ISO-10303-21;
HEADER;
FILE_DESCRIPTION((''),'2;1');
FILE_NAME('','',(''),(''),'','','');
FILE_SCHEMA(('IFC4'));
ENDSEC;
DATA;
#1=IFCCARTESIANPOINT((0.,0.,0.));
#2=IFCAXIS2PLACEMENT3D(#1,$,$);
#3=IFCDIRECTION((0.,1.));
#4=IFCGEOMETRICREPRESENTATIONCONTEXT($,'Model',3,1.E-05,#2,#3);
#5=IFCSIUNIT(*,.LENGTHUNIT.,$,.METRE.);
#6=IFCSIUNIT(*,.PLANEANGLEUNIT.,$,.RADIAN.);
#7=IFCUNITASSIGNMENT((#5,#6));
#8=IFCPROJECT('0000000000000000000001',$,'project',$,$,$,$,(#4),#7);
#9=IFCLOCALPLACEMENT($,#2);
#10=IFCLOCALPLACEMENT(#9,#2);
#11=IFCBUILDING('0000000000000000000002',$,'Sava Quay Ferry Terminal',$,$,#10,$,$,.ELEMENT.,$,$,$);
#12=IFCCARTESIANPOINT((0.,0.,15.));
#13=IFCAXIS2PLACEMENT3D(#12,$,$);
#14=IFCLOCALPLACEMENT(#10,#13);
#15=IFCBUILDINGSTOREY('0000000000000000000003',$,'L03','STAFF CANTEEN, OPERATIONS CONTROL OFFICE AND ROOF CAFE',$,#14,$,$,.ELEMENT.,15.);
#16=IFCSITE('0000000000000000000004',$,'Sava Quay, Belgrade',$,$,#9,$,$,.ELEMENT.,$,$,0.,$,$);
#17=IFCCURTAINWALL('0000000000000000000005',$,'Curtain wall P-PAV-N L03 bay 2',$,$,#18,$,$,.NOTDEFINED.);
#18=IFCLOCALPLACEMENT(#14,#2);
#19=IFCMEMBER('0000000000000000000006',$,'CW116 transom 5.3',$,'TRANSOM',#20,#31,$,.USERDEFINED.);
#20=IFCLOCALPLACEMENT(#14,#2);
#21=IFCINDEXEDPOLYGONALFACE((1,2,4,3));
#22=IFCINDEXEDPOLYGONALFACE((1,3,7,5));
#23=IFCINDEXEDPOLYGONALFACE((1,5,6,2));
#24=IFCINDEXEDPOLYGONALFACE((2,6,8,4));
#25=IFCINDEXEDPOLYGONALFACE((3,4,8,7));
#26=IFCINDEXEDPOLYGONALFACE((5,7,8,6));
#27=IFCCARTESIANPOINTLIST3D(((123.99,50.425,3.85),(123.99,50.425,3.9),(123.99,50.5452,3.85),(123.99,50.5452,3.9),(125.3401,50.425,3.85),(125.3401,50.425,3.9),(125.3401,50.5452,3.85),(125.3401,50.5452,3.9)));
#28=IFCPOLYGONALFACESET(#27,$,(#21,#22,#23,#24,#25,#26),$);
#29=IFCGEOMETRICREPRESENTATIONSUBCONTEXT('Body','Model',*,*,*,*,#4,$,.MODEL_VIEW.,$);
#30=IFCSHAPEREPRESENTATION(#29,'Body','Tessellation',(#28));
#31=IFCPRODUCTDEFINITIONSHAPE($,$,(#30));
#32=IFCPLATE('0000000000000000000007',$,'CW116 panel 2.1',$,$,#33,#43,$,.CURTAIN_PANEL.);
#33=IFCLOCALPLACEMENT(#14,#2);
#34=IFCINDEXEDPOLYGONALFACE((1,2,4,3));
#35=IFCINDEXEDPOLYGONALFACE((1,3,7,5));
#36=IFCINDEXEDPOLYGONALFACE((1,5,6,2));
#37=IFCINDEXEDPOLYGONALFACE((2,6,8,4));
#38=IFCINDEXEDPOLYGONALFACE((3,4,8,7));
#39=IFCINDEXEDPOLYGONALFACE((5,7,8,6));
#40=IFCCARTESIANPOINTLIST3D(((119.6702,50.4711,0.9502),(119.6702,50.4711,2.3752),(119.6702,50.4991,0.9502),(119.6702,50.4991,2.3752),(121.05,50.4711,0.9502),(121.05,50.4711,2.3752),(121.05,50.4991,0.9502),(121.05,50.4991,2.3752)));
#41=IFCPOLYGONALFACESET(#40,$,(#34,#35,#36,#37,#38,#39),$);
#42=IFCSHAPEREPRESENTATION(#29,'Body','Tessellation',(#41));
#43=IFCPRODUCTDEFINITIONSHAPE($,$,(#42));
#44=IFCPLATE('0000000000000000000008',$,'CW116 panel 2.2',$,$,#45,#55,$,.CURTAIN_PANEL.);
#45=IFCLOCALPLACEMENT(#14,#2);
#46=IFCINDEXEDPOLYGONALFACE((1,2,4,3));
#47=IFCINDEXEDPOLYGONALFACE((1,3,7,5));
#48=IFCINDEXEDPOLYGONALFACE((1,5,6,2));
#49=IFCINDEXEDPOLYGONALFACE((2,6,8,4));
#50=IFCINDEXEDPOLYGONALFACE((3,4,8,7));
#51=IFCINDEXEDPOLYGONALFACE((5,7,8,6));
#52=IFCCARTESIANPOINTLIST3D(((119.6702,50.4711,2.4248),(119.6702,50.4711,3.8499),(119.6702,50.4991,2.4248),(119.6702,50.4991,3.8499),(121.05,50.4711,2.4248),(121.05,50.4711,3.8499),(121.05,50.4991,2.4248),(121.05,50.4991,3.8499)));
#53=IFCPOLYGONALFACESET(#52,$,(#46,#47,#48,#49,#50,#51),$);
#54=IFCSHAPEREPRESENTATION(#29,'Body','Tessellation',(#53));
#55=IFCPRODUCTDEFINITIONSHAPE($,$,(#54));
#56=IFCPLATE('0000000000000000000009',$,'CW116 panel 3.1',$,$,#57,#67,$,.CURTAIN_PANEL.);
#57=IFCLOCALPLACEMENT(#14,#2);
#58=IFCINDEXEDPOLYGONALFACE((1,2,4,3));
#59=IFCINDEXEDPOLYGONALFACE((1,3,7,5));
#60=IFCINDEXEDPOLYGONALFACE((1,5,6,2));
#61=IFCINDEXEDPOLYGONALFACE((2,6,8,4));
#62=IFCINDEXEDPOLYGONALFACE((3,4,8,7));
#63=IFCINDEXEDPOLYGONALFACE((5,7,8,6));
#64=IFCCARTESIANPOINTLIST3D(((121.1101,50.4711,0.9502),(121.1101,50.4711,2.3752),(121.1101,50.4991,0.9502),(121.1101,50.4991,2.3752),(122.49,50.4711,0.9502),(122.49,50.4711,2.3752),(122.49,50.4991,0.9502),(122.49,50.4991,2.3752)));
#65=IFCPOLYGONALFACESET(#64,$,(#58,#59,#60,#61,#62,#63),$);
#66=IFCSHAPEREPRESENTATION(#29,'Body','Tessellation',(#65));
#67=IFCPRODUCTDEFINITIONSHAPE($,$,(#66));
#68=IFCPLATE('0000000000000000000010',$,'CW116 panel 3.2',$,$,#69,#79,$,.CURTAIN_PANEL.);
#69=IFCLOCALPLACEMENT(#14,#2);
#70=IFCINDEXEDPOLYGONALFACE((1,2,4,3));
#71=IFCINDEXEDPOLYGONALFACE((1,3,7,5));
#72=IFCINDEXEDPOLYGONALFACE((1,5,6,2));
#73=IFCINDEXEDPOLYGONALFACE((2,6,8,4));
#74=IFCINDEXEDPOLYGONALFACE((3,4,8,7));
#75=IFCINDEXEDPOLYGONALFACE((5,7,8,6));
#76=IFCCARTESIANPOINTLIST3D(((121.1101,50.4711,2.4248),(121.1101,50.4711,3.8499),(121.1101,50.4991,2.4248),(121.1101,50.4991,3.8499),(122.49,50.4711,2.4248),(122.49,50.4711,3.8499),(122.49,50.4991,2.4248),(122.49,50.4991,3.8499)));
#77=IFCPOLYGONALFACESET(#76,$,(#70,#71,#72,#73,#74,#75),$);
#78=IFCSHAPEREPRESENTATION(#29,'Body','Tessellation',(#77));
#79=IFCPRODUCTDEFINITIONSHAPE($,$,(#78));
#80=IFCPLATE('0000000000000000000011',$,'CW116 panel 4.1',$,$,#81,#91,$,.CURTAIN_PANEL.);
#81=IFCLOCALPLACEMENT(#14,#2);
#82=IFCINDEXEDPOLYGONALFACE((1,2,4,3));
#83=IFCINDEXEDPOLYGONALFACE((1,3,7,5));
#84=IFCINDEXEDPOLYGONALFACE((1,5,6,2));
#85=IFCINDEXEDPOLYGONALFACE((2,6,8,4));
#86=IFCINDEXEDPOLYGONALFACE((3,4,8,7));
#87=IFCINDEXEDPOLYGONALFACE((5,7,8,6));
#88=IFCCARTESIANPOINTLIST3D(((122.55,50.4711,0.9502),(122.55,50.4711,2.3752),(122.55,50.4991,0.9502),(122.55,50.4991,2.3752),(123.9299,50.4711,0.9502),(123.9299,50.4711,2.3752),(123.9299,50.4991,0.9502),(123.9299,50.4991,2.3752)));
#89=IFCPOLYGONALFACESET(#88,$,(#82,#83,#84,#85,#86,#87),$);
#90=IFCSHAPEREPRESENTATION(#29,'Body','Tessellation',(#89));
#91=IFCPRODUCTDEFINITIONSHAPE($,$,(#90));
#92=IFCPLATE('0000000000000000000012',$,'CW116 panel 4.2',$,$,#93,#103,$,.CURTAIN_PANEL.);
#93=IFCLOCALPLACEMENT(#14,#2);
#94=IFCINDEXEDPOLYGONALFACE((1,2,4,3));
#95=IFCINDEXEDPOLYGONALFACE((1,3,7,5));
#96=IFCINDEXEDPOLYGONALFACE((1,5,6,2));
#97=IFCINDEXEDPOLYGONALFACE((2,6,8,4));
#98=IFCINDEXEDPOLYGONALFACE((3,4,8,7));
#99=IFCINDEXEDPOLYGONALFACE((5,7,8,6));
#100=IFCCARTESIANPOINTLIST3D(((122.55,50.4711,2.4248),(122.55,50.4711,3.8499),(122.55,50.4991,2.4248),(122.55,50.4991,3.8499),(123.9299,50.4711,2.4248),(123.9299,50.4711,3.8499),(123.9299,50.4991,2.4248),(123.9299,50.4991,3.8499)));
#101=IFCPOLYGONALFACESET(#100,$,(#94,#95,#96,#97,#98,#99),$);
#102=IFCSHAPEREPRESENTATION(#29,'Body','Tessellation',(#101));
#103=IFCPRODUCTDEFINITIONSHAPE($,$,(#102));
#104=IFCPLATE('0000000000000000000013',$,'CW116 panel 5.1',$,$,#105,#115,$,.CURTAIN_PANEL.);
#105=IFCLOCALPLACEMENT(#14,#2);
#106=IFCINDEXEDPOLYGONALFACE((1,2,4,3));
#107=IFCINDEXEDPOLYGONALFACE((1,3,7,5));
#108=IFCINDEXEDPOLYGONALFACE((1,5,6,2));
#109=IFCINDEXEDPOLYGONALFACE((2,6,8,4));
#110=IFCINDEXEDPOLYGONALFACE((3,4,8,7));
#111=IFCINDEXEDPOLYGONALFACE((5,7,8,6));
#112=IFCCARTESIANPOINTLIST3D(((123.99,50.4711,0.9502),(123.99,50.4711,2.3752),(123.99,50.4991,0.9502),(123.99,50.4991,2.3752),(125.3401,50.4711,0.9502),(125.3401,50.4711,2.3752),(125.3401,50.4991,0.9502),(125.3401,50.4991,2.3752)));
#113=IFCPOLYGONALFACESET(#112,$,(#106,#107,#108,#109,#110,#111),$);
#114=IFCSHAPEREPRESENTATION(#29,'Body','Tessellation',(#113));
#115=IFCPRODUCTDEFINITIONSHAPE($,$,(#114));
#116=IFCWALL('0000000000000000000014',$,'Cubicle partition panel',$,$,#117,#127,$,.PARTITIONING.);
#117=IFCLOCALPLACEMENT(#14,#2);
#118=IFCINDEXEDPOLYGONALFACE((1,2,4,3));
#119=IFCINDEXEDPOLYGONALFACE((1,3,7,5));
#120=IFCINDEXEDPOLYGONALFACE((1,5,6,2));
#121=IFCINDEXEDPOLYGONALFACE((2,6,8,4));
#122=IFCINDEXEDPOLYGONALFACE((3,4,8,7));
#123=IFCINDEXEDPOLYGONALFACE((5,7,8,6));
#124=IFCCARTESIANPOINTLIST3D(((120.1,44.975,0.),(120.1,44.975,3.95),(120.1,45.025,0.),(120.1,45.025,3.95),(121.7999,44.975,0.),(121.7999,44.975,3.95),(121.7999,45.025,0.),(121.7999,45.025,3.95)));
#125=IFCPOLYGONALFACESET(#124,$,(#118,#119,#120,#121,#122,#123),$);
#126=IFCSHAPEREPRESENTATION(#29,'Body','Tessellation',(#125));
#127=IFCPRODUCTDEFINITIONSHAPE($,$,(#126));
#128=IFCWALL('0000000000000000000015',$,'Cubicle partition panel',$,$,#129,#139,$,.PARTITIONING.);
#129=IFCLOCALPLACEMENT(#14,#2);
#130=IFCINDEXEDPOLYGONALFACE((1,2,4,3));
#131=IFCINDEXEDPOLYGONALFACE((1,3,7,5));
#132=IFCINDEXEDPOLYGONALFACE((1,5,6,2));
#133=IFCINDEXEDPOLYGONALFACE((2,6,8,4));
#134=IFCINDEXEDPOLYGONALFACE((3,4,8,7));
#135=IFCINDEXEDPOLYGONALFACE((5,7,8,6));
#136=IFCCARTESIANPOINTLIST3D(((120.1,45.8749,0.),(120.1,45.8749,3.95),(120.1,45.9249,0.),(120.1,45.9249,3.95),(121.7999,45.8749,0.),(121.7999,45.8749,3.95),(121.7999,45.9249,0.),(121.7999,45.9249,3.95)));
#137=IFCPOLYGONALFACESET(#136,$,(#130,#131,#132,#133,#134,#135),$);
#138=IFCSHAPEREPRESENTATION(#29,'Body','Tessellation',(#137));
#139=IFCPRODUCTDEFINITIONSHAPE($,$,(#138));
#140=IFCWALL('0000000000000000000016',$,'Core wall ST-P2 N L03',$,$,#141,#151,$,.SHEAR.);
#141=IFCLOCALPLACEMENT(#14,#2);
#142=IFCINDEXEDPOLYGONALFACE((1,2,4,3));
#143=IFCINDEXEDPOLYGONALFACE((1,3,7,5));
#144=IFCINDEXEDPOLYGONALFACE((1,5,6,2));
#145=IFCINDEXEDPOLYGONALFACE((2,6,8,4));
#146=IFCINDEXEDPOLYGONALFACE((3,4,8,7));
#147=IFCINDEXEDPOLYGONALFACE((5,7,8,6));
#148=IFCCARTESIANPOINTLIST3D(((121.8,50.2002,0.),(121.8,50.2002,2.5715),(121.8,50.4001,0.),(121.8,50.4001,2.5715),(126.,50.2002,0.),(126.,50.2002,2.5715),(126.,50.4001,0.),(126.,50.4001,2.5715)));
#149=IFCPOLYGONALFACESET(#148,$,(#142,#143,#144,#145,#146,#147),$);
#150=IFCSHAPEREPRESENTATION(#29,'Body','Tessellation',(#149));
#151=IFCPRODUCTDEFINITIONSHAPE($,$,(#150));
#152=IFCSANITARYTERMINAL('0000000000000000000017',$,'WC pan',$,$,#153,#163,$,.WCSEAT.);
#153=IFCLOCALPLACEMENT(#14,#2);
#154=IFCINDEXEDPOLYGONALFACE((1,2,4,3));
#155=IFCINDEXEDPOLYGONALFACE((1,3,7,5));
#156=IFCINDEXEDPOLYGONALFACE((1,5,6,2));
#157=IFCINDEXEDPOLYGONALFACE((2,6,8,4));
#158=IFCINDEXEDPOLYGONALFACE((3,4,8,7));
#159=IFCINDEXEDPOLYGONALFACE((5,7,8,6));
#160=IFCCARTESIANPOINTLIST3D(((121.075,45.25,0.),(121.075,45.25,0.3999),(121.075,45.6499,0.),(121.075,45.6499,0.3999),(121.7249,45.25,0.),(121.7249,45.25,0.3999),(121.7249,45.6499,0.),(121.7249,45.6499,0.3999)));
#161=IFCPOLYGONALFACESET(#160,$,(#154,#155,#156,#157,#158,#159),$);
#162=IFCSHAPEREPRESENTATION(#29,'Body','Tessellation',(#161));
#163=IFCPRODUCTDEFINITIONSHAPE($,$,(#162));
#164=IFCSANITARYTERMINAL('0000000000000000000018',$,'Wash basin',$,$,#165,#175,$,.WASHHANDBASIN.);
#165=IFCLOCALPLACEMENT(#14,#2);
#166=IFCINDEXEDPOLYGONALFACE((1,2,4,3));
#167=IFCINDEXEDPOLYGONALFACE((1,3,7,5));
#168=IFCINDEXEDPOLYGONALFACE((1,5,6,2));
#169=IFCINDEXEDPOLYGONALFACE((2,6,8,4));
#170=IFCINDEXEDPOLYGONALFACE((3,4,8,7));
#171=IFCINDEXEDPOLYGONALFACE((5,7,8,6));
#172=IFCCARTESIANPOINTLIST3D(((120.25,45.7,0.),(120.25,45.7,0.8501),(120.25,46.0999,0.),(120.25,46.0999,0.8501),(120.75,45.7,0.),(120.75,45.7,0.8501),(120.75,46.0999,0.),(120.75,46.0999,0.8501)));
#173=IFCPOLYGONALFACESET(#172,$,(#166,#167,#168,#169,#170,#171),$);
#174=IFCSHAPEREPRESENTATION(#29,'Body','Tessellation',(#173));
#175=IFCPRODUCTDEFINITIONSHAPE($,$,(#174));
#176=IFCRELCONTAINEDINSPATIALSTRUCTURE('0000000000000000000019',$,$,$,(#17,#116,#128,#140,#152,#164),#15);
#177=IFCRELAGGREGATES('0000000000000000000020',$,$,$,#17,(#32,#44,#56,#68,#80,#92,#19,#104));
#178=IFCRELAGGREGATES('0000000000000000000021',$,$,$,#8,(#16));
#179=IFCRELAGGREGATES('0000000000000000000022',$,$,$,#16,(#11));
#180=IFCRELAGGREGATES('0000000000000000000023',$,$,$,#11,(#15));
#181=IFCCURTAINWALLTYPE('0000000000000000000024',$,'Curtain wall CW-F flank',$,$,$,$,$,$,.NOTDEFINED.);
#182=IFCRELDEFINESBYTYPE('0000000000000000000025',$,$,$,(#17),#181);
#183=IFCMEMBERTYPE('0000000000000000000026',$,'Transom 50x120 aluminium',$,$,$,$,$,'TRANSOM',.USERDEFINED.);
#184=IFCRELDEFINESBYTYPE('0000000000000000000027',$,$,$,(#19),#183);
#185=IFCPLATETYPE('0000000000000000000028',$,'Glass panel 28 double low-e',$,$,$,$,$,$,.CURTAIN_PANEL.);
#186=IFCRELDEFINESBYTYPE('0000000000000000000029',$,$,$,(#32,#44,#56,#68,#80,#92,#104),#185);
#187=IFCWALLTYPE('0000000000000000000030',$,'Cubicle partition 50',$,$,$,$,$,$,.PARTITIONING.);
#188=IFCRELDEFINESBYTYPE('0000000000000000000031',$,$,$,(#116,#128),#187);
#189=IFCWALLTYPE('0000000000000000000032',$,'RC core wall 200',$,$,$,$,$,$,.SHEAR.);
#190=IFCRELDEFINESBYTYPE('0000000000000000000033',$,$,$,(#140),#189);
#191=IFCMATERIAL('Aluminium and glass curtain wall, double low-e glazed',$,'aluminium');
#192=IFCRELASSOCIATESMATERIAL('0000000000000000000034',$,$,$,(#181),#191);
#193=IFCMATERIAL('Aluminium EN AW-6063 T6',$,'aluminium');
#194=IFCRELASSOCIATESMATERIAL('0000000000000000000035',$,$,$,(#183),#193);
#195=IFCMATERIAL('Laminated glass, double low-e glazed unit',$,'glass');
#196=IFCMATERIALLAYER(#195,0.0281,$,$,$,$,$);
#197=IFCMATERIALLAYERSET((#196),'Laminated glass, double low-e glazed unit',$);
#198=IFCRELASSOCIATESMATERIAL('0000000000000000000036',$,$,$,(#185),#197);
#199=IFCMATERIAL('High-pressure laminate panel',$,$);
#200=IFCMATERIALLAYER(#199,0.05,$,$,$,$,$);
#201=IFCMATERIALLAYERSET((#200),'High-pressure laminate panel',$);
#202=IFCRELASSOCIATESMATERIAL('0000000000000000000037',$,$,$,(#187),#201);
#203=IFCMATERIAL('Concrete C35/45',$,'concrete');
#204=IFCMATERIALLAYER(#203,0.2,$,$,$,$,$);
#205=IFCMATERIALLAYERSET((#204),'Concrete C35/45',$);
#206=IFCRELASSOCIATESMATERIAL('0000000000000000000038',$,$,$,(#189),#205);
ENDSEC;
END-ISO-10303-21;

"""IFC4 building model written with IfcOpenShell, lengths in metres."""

from ifc_helpers import new_model, si_unit, direction, frame, frame_2d, origin, origin_2d, place, context, subcontext, project, spatial, polyline, rectangle, outline, extrude, material, layer, layer_set, material_profile, profile_set, type_object, element, aggregate, save


model = new_model("IFC4")

# Units and contexts
model_context = context("Model", 3, precision=1e-05, world=origin(), true_north=direction((0.0, 1.0)))
body_context = subcontext(model_context, "Body", "Model", "MODEL_VIEW")
ifc_project = project(units=[si_unit("LENGTHUNIT", "METRE"), si_unit("PLANEANGLEUNIT", "RADIAN")], contexts=[model_context])

# Site, building, storey
site_placement = place(None, origin())
site = spatial("IfcSite", under=ifc_project, at=site_placement, Name="Sava Quay, Belgrade", CompositionType="ELEMENT", RefElevation=0.0)
building_placement = place(site_placement, origin())
building = spatial("IfcBuilding", under=site, at=building_placement, Name="Sava Quay Ferry Terminal", CompositionType="ELEMENT")
storey_placement = place(building_placement, frame((0.0, 0.0, 15.0)))
storey = spatial("IfcBuildingStorey", under=building, at=storey_placement, Name="L03", Description="STAFF CANTEEN, OPERATIONS CONTROL OFFICE AND ROOF CAFE", CompositionType="ELEMENT", Elevation=15.0)

# Curtain wall
ifc_material_1 = material(Name="Aluminium and glass curtain wall, double low-e glazed", Category="aluminium")
curtain_wall_type = type_object("IfcCurtainWallType", Name="Curtain wall CW-F flank", PredefinedType="NOTDEFINED", material=ifc_material_1)
curtain_wall_placement = place(storey_placement, origin())
curtain_wall = element("IfcCurtainWall", 1, at=curtain_wall_placement, inside=storey, type_object=curtain_wall_type, Name="Curtain wall P-PAV-N L03 bay 2", PredefinedType="NOTDEFINED")

# Member
ifc_material_2 = material(Name="Aluminium EN AW-6063 T6", Category="aluminium")
ifc_material_profile_1 = material_profile(ifc_material_2, rectangle(XDim=0.1201, YDim=0.05, at=origin_2d()), Name="Transom 50x120 aluminium")
ifc_profile_set_1 = profile_set([ifc_material_profile_1], Name="Aluminium EN AW-6063 T6")
member_type_1 = type_object("IfcMemberType", Name="Transom 50x120 aluminium", ElementType="TRANSOM", PredefinedType="USERDEFINED", material=ifc_profile_set_1)
member_1_placement = place(storey_placement, frame((123.99, 50.4851, 3.875), z_axis=(1.0, 0.0, 0.0), x_axis=(0.0, 1.0, 0.0)))
member_1 = element("IfcMember", 2, at=member_1_placement, type_object=member_type_1, Name="CW116 transom 5.3", ObjectType="TRANSOM", PredefinedType="USERDEFINED", context=body_context, shape_type="SweptSolid", body=[
    extrude(rectangle(XDim=0.1201, YDim=0.05, at=origin_2d()), origin(), (0.0, 0.0, 1.0), 1.3501),
])

# Plates
ifc_material_3 = material(Name="Laminated glass, double low-e glazed unit", Category="glass")
ifc_layer_1 = layer(ifc_material_3, 0.0281)
ifc_layer_set_1 = layer_set([ifc_layer_1], Name="Laminated glass, double low-e glazed unit")
plate_type = type_object("IfcPlateType", Name="Glass panel 28 double low-e", PredefinedType="CURTAIN_PANEL", material=ifc_layer_set_1)
plate_1_placement = place(storey_placement, frame((120.3601, 50.4851, 0.9502), z_axis=(0.0, 0.0, 1.0), x_axis=(1.0, 0.0, 0.0)))
plate_1 = element("IfcPlate", 3, at=plate_1_placement, type_object=plate_type, Name="CW116 panel 2.1", PredefinedType="CURTAIN_PANEL", context=body_context, shape_type="SweptSolid", body=[
    extrude(rectangle(XDim=1.3799, YDim=0.0281, at=origin_2d()), origin(), (0.0, 0.0, 1.0), 1.425),
])
plate_2_placement = place(storey_placement, frame((120.3601, 50.4851, 2.4248), z_axis=(0.0, 0.0, 1.0), x_axis=(1.0, 0.0, 0.0)))
plate_2 = element("IfcPlate", 4, at=plate_2_placement, type_object=plate_type, Name="CW116 panel 2.2", PredefinedType="CURTAIN_PANEL", context=body_context, shape_type="SweptSolid", body=[
    extrude(rectangle(XDim=1.3799, YDim=0.0281, at=origin_2d()), origin(), (0.0, 0.0, 1.0), 1.425),
])
plate_3_placement = place(storey_placement, frame((121.8, 50.4851, 0.9502), z_axis=(0.0, 0.0, 1.0), x_axis=(1.0, 0.0, 0.0)))
plate_3 = element("IfcPlate", 5, at=plate_3_placement, type_object=plate_type, Name="CW116 panel 3.1", PredefinedType="CURTAIN_PANEL", context=body_context, shape_type="SweptSolid", body=[
    extrude(rectangle(XDim=1.3799, YDim=0.0281, at=origin_2d()), origin(), (0.0, 0.0, 1.0), 1.425),
])
plate_4_placement = place(storey_placement, frame((121.8, 50.4851, 2.4248), z_axis=(0.0, 0.0, 1.0), x_axis=(1.0, 0.0, 0.0)))
plate_4 = element("IfcPlate", 6, at=plate_4_placement, type_object=plate_type, Name="CW116 panel 3.2", PredefinedType="CURTAIN_PANEL", context=body_context, shape_type="SweptSolid", body=[
    extrude(rectangle(XDim=1.3799, YDim=0.0281, at=origin_2d()), origin(), (0.0, 0.0, 1.0), 1.425),
])
plate_5_placement = place(storey_placement, frame((123.24, 50.4851, 0.9502), z_axis=(0.0, 0.0, 1.0), x_axis=(1.0, 0.0, 0.0)))
plate_5 = element("IfcPlate", 7, at=plate_5_placement, type_object=plate_type, Name="CW116 panel 4.1", PredefinedType="CURTAIN_PANEL", context=body_context, shape_type="SweptSolid", body=[
    extrude(rectangle(XDim=1.3799, YDim=0.0281, at=origin_2d()), origin(), (0.0, 0.0, 1.0), 1.425),
])
plate_6_placement = place(storey_placement, frame((123.24, 50.4851, 2.4248), z_axis=(0.0, 0.0, 1.0), x_axis=(1.0, 0.0, 0.0)))
plate_6 = element("IfcPlate", 8, at=plate_6_placement, type_object=plate_type, Name="CW116 panel 4.2", PredefinedType="CURTAIN_PANEL", context=body_context, shape_type="SweptSolid", body=[
    extrude(rectangle(XDim=1.3799, YDim=0.0281, at=origin_2d()), origin(), (0.0, 0.0, 1.0), 1.425),
])
plate_7_placement = place(storey_placement, frame((124.665, 50.4851, 0.9502), z_axis=(0.0, 0.0, 1.0), x_axis=(1.0, 0.0, 0.0)))
plate_7 = element("IfcPlate", 9, at=plate_7_placement, type_object=plate_type, Name="CW116 panel 5.1", PredefinedType="CURTAIN_PANEL", context=body_context, shape_type="SweptSolid", body=[
    extrude(rectangle(XDim=1.3501, YDim=0.0281, at=origin_2d()), origin(), (0.0, 0.0, 1.0), 1.425),
])
aggregate(curtain_wall, [plate_1, plate_2, plate_3, plate_4, plate_5, plate_6, member_1, plate_7])

# Walls
ifc_material_4 = material(Name="High-pressure laminate panel")
ifc_layer_2 = layer(ifc_material_4, 0.05)
ifc_layer_set_2 = layer_set([ifc_layer_2], Name="High-pressure laminate panel")
wall_type_1 = type_object("IfcWallType", Name="Cubicle partition 50", PredefinedType="PARTITIONING", material=ifc_layer_set_2)
for number, where, z_axis, x_axis, name in (
    (10, (121.8, 45.0, 0.0), (0.0, 0.0, 1.0), (-1.0, 0.0, 0.0), "Cubicle partition panel"),
    (11, (121.8, 45.8999, 0.0), (0.0, 0.0, 1.0), (-1.0, 0.0, 0.0), "Cubicle partition panel"),
):
    element("IfcWall", number, at=place(storey_placement, frame(where, z_axis=z_axis, x_axis=x_axis)), inside=storey, type_object=wall_type_1, Name=name, PredefinedType="PARTITIONING", context=body_context, shape_type="SweptSolid", body=[
        extrude(rectangle(XDim=1.7, YDim=0.05, at=frame_2d((0.8501, 0.0))), origin(), (0.0, 0.0, 1.0), 3.95),
    ])
ifc_material_5 = material(Name="Concrete C35/45", Category="concrete")
ifc_layer_3 = layer(ifc_material_5, 0.2)
ifc_layer_set_3 = layer_set([ifc_layer_3], Name="Concrete C35/45")
wall_type_2 = type_object("IfcWallType", Name="RC core wall 200", PredefinedType="SHEAR", material=ifc_layer_set_3)
wall_placement = place(storey_placement, frame((121.8, 50.3, 0.0), z_axis=(0.0, 0.0, 1.0), x_axis=(1.0, 0.0, 0.0)))
element("IfcWall", 12, at=wall_placement, inside=storey, type_object=wall_type_2, Name="Core wall ST-P2 N L03", PredefinedType="SHEAR", context=body_context, shape_type="SweptSolid", body=[
    extrude(outline(polyline([(0.0, 0.0), (4.2, 0.0), (4.2, 2.5715), (0.0, 2.5715), (0.0, 0.0)])), frame((0.0, 0.1001, 0.0), z_axis=(0.0, -1.0, 0.0), x_axis=(1.0, 0.0, 0.0)), (0.0, 0.0, 1.0), 0.2),
])

# Sanitary terminals
sanitary_terminal_1_placement = place(storey_placement, frame((121.3999, 45.45, 0.0), z_axis=(0.0, 0.0, 1.0), x_axis=(1.0, 0.0, 0.0)))
element("IfcSanitaryTerminal", 13, at=sanitary_terminal_1_placement, inside=storey, Name="WC pan", PredefinedType="WCSEAT", context=body_context, shape_type="SweptSolid", body=[
    extrude(rectangle(XDim=0.6499, YDim=0.3999, at=origin_2d()), origin(), (0.0, 0.0, 1.0), 0.3999),
])
sanitary_terminal_2_placement = place(storey_placement, frame((120.5, 45.8999, 0.0), z_axis=(0.0, 0.0, 1.0), x_axis=(1.0, 0.0, 0.0)))
element("IfcSanitaryTerminal", 14, at=sanitary_terminal_2_placement, inside=storey, Name="Wash basin", PredefinedType="WASHHANDBASIN", context=body_context, shape_type="SweptSolid", body=[
    extrude(rectangle(XDim=0.5, YDim=0.3999, at=origin_2d()), origin(), (0.0, 0.0, 1.0), 0.8501),
])

save(model, "model.ifc")
